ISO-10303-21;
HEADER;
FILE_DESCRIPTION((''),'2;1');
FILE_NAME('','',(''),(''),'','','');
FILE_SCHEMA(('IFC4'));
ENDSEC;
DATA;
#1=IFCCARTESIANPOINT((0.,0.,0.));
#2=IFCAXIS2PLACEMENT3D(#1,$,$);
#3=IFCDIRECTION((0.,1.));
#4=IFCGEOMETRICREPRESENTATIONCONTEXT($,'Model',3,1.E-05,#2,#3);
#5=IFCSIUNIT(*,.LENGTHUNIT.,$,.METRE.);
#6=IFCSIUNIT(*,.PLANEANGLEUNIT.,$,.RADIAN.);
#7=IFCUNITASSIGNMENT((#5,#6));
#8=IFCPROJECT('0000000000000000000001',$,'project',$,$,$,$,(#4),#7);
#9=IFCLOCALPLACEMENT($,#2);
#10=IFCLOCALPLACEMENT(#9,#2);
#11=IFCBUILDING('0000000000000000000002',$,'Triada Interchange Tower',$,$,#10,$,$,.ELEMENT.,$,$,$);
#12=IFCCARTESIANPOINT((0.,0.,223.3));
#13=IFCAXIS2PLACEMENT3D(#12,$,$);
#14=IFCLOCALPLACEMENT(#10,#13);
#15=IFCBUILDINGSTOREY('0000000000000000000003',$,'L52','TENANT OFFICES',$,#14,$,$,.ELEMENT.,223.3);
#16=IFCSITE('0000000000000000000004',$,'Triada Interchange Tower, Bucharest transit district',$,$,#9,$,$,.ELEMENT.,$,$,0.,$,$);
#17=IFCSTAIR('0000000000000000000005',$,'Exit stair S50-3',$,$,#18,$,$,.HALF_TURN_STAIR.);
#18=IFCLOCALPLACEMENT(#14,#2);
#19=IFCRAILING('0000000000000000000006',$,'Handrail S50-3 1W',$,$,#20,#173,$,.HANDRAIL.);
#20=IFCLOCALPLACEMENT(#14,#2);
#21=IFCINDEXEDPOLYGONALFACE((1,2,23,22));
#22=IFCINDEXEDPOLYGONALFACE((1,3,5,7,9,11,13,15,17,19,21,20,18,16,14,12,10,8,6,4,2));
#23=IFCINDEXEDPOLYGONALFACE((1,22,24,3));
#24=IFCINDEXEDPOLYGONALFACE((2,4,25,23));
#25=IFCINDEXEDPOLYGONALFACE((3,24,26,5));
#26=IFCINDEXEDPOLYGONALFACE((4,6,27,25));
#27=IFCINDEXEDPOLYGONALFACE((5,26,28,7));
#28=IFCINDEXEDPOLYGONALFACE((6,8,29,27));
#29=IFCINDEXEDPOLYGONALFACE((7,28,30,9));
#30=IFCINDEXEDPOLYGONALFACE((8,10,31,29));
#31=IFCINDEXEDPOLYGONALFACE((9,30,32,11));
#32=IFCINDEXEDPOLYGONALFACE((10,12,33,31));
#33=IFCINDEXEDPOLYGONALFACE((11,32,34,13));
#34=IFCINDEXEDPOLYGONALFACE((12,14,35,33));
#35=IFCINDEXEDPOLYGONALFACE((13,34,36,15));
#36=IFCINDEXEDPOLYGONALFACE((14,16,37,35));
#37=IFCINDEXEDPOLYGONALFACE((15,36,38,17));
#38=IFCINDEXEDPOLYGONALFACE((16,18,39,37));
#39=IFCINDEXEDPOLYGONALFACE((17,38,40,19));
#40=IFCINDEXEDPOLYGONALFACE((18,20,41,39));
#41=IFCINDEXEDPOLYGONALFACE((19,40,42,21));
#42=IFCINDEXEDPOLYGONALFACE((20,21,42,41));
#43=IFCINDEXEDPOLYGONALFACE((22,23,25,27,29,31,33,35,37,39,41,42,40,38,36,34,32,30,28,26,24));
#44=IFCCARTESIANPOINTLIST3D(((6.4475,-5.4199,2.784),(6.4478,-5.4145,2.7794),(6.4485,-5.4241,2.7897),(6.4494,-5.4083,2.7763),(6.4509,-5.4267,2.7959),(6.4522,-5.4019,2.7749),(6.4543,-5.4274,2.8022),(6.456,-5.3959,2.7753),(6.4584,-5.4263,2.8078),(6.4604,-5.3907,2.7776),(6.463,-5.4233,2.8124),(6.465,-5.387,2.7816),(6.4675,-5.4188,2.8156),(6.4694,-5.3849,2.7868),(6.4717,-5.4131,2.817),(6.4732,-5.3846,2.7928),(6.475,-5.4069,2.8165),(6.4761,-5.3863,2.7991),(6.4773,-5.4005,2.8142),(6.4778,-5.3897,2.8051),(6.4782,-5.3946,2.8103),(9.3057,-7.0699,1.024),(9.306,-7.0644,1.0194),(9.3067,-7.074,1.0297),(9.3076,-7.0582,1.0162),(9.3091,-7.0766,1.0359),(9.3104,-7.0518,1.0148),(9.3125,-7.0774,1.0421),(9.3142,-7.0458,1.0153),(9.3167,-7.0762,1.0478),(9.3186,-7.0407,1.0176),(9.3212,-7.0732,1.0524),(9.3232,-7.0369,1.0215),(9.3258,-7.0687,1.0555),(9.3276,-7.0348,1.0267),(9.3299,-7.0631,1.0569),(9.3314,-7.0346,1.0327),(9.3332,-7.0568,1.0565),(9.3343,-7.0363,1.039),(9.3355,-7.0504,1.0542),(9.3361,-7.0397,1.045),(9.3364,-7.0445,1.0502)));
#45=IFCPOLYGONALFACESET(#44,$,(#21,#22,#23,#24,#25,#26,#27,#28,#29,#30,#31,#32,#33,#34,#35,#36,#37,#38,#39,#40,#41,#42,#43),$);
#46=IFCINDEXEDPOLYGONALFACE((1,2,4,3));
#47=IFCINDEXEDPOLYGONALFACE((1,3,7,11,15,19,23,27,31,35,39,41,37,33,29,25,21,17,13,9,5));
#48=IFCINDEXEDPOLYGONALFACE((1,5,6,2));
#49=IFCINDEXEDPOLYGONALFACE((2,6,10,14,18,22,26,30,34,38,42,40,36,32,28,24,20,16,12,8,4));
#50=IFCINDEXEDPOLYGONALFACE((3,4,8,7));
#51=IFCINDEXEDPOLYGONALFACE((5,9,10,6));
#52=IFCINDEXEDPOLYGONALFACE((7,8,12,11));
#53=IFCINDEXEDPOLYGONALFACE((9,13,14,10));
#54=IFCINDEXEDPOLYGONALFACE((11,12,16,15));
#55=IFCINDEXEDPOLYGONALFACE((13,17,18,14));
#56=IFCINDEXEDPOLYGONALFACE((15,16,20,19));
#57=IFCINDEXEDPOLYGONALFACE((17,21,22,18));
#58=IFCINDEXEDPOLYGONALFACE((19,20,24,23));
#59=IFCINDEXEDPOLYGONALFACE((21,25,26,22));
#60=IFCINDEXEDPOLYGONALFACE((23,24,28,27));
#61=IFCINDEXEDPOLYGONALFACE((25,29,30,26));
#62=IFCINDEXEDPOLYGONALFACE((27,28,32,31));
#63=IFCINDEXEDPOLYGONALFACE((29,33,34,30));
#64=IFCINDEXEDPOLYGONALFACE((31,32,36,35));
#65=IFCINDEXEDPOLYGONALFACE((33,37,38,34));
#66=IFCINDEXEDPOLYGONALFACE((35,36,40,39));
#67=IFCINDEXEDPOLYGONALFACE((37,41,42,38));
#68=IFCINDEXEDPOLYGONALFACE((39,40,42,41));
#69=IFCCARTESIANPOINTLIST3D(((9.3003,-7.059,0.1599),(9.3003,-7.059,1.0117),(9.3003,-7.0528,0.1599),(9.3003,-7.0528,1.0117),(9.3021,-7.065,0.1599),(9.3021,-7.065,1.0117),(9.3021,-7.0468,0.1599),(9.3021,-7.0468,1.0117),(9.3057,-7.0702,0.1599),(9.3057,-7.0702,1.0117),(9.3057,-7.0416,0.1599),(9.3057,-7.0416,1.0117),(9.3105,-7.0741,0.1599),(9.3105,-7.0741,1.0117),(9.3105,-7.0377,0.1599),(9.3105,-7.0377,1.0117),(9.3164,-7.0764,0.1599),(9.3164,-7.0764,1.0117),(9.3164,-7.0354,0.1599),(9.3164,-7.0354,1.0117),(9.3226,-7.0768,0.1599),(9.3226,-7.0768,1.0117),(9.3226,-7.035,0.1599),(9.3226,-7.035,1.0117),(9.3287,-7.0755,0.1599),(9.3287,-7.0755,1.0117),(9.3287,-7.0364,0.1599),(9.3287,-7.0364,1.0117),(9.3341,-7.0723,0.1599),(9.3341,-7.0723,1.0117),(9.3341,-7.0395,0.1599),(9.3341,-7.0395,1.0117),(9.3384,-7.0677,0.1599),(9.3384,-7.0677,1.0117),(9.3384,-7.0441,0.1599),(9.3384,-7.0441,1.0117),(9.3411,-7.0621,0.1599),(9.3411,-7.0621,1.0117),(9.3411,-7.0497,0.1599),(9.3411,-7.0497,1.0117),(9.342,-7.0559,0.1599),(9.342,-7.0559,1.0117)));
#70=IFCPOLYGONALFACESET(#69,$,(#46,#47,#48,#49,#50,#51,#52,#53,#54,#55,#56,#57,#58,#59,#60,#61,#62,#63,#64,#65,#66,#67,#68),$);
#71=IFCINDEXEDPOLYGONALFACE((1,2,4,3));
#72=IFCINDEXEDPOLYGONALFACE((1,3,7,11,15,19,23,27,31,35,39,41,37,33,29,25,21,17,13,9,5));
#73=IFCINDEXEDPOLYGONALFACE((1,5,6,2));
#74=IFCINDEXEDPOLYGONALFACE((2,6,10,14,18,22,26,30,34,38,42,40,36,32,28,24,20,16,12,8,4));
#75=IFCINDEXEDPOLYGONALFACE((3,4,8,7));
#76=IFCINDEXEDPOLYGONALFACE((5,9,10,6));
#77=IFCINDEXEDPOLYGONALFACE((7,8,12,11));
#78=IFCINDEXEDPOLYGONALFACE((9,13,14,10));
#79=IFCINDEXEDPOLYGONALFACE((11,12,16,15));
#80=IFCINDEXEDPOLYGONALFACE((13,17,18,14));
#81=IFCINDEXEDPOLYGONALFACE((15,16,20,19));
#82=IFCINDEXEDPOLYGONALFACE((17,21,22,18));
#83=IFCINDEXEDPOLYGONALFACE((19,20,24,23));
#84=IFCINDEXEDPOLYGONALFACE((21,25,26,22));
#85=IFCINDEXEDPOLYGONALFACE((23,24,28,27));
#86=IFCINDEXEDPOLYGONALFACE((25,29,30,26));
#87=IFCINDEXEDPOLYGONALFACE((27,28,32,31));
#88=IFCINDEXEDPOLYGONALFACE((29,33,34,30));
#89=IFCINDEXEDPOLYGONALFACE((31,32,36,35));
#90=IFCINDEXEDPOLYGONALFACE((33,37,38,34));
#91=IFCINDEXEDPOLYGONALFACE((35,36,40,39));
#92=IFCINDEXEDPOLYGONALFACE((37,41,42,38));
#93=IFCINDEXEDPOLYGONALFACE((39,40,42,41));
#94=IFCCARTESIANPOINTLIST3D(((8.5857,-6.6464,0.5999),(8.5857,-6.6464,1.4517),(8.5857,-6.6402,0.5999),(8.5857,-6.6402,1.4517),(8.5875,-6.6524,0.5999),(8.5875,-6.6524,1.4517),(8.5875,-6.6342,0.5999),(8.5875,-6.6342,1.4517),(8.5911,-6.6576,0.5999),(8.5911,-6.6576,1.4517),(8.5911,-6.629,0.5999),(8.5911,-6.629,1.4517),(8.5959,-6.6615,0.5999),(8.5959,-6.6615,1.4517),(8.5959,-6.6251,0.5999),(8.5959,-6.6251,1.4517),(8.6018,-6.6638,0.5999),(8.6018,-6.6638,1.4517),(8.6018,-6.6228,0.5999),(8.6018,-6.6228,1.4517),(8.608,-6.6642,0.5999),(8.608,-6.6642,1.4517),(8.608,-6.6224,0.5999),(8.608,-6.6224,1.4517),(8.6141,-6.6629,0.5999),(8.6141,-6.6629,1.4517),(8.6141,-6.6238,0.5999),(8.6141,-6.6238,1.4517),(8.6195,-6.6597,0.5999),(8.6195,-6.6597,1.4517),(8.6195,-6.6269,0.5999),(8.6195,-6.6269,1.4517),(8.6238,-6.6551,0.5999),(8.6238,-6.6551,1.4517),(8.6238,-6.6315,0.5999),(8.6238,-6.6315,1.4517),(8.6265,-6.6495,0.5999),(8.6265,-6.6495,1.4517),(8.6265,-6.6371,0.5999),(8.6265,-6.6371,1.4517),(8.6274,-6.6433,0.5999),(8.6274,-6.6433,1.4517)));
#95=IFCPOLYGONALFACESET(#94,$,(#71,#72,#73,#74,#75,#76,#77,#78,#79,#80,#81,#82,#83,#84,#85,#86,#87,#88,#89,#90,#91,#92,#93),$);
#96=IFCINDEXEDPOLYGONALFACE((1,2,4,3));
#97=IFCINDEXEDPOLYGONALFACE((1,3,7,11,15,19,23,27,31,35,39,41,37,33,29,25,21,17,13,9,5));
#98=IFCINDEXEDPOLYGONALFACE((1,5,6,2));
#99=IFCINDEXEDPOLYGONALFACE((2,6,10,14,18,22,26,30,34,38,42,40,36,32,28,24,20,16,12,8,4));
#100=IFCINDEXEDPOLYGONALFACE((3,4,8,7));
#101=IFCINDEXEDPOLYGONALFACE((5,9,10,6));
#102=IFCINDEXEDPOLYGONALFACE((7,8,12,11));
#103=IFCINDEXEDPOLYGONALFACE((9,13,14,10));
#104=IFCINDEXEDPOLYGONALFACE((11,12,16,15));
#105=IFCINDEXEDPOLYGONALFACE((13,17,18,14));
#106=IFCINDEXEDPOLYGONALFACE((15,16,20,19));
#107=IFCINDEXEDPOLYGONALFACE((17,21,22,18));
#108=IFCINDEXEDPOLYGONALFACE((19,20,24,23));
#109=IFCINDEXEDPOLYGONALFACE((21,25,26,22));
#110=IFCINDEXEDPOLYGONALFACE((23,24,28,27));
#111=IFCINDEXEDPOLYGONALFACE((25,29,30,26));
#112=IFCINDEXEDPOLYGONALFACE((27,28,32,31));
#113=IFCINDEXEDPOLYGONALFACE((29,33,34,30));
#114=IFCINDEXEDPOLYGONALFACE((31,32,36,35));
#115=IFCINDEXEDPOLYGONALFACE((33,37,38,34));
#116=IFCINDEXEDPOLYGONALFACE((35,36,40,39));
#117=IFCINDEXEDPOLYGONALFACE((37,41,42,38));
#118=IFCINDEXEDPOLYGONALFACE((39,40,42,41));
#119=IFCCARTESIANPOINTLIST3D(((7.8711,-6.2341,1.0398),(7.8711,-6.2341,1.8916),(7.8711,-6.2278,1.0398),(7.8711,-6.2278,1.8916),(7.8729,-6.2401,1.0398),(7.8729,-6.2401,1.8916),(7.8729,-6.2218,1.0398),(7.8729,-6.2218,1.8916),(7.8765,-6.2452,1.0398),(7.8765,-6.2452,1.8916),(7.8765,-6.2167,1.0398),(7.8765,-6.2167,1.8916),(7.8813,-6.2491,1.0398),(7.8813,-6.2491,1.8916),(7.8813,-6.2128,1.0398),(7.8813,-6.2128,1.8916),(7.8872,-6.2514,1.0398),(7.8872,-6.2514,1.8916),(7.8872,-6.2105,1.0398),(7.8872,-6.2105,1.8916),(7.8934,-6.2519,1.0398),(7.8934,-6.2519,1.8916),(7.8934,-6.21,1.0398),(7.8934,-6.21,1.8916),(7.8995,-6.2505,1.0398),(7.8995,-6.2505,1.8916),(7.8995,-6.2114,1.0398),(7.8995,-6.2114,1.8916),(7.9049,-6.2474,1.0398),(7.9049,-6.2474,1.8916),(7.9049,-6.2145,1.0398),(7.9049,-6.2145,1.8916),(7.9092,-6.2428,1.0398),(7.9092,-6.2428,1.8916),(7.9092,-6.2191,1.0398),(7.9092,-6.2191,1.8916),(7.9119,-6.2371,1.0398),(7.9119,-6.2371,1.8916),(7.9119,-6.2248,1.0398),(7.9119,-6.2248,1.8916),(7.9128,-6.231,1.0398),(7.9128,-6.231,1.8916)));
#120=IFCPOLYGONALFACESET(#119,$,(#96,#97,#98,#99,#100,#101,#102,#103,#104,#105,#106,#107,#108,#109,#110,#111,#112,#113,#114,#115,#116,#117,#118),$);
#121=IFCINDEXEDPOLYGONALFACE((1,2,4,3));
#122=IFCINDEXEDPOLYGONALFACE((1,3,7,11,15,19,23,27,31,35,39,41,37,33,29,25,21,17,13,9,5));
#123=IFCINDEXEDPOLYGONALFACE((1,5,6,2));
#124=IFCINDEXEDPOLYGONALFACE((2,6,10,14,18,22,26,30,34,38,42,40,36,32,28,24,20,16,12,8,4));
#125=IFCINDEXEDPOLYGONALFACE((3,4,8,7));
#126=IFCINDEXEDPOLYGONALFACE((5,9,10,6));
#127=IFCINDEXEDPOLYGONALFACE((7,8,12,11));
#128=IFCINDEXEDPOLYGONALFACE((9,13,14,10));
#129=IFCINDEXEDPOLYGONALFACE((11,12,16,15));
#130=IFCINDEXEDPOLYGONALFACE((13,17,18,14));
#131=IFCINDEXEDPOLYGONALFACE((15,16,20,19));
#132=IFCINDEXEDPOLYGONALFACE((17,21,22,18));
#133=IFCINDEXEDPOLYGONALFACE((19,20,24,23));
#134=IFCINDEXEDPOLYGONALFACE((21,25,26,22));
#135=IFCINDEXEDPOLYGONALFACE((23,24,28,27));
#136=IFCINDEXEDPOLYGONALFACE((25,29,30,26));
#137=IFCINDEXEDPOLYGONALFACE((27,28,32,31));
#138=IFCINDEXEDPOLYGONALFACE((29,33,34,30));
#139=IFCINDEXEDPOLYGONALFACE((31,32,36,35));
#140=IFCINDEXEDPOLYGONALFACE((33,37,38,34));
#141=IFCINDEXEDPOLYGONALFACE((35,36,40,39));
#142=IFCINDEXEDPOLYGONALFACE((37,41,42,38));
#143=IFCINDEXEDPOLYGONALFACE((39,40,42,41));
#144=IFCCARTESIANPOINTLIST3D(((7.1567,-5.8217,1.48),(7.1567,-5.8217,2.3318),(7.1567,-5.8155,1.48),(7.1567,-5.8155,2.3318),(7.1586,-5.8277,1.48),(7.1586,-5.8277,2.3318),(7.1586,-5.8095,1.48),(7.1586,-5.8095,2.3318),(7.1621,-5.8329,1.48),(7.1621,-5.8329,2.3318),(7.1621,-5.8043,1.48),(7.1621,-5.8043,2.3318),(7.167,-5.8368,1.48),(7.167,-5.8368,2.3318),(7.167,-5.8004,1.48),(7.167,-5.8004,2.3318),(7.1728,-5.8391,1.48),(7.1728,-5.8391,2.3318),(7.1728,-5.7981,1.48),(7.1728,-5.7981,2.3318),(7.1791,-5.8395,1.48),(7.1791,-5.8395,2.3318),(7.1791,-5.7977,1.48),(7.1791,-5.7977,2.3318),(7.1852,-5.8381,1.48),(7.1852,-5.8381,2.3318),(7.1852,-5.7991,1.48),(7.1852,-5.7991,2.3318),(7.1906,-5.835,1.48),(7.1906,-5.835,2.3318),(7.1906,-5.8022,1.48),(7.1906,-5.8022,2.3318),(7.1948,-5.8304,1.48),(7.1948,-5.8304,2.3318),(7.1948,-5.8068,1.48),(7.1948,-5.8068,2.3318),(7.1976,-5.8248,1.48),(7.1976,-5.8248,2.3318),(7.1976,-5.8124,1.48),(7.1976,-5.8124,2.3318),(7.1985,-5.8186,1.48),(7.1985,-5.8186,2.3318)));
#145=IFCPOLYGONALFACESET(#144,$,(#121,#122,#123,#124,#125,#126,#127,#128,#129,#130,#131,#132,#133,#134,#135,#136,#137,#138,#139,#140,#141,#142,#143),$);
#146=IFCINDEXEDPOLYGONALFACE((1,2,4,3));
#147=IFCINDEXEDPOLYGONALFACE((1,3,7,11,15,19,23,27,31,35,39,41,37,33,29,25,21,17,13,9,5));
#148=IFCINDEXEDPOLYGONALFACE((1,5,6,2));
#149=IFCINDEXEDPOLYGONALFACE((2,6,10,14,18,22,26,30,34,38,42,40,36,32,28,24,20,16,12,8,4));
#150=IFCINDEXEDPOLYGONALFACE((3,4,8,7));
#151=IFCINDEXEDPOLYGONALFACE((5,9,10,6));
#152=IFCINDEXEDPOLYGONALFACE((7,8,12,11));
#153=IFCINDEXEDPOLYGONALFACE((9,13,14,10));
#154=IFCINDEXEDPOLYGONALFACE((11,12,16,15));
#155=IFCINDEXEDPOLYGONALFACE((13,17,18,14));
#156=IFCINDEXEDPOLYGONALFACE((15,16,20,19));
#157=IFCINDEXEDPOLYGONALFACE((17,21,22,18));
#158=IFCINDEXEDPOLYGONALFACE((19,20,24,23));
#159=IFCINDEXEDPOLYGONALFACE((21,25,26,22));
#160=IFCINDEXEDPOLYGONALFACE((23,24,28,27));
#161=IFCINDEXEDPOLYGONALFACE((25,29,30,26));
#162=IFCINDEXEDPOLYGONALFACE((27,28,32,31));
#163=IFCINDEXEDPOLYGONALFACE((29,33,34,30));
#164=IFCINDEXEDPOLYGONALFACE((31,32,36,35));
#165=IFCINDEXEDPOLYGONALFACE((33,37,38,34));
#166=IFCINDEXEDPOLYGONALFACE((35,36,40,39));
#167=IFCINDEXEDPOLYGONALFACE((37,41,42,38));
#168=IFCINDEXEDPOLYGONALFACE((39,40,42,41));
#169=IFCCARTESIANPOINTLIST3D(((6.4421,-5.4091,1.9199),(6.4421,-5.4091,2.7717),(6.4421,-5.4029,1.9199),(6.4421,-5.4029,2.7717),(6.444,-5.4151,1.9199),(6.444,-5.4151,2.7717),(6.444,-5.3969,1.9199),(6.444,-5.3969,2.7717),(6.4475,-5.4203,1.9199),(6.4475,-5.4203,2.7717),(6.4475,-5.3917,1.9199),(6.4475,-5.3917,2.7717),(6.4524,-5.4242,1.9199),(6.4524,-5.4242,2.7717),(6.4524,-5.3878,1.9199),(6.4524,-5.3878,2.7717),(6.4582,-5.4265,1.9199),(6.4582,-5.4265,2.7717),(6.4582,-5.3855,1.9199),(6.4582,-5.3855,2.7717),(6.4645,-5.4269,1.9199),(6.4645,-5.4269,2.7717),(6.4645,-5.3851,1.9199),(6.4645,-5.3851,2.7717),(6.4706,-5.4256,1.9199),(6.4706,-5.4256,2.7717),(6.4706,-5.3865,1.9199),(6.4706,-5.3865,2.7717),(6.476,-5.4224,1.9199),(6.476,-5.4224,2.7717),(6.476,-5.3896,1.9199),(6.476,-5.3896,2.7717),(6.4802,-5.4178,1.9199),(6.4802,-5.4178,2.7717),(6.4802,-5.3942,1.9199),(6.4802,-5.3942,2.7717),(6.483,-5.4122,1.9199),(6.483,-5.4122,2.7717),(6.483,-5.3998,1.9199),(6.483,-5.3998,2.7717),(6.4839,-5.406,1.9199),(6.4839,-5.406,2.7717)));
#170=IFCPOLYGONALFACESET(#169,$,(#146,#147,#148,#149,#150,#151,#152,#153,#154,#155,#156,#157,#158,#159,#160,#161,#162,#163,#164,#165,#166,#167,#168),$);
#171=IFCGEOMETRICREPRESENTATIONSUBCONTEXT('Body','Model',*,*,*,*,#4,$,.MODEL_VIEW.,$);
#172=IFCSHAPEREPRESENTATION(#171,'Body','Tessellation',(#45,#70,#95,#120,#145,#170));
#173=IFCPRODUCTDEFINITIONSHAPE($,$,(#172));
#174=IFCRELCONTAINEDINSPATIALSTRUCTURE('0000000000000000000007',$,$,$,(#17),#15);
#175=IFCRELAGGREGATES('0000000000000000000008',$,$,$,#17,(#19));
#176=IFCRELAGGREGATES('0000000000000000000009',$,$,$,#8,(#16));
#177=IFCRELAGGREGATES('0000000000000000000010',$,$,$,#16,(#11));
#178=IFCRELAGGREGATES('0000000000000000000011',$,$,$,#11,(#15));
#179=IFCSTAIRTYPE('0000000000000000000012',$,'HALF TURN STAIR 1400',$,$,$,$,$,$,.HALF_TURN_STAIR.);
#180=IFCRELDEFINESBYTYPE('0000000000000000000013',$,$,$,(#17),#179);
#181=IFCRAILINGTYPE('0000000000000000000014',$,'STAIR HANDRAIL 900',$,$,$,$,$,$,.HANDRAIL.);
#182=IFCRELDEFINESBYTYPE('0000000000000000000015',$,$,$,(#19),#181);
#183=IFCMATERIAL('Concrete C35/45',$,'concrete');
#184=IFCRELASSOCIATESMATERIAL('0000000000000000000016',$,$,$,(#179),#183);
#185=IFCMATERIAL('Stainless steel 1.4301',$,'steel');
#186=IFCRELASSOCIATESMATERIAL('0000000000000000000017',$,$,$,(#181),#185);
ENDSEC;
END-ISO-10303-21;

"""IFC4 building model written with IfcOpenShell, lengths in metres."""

from ifc_helpers import new_model, si_unit, direction, frame, origin, origin_2d, place, context, subcontext, project, spatial, circle, extrude, material, type_object, element, aggregate, save


model = new_model("IFC4")

# Units and contexts
model_context = context("Model", 3, precision=1e-05, world=origin(), true_north=direction((0.0, 1.0)))
body_context = subcontext(model_context, "Body", "Model", "MODEL_VIEW")
ifc_project = project(units=[si_unit("LENGTHUNIT", "METRE"), si_unit("PLANEANGLEUNIT", "RADIAN")], contexts=[model_context])

# Site, building, storey
site_placement = place(None, origin())
site = spatial("IfcSite", under=ifc_project, at=site_placement, Name="Triada Interchange Tower, Bucharest transit district", CompositionType="ELEMENT", RefElevation=0.0)
building_placement = place(site_placement, origin())
building = spatial("IfcBuilding", under=site, at=building_placement, Name="Triada Interchange Tower", CompositionType="ELEMENT")
storey_placement = place(building_placement, frame((0.0, 0.0, 223.3)))
storey = spatial("IfcBuildingStorey", under=building, at=storey_placement, Name="L52", Description="TENANT OFFICES", CompositionType="ELEMENT", Elevation=223.3)

# Stair, railing
ifc_material_1 = material(Name="Concrete C35/45", Category="concrete")
stair_type = type_object("IfcStairType", Name="HALF TURN STAIR 1400", PredefinedType="HALF_TURN_STAIR", material=ifc_material_1)
stair_placement = place(storey_placement, origin())
stair = element("IfcStair", 1, at=stair_placement, inside=storey, type_object=stair_type, Name="Exit stair S50-3", PredefinedType="HALF_TURN_STAIR")
ifc_material_2 = material(Name="Stainless steel 1.4301", Category="steel")
railing_type = type_object("IfcRailingType", Name="STAIR HANDRAIL 900", PredefinedType="HANDRAIL", material=ifc_material_2)
railing_1_placement = place(storey_placement, frame((9.321, -7.0559, 0.1599)))
railing_1 = element("IfcRailing", 2, at=railing_1_placement, type_object=railing_type, Name="Handrail S50-3 1W", PredefinedType="HANDRAIL", context=body_context, shape_type="SweptSolid", body=[
    extrude(circle(Radius=0.0239, at=origin_2d()), frame((0.0, 0.0, 0.876), z_axis=(-0.764178, 0.441131, 0.47057), x_axis=(-0.499942, -0.866059, 0.0)), (0.0, 0.0, 1.0), 3.7402),
    extrude(circle(Radius=0.021, at=origin_2d()), origin(), (0.0, 0.0, 1.0), 0.8518),
    extrude(circle(Radius=0.021, at=origin_2d()), frame((-0.7146, 0.4126, 0.4399)), (0.0, 0.0, 1.0), 0.8518),
    extrude(circle(Radius=0.021, at=origin_2d()), frame((-1.4292, 0.825, 0.8799)), (0.0, 0.0, 1.0), 0.8518),
    extrude(circle(Radius=0.021, at=origin_2d()), frame((-2.1436, 1.2373, 1.3201)), (0.0, 0.0, 1.0), 0.8518),
    extrude(circle(Radius=0.021, at=origin_2d()), frame((-2.8582, 1.6499, 1.76)), (0.0, 0.0, 1.0), 0.8518),
])
aggregate(stair, [railing_1])

save(model, "model.ifc")
